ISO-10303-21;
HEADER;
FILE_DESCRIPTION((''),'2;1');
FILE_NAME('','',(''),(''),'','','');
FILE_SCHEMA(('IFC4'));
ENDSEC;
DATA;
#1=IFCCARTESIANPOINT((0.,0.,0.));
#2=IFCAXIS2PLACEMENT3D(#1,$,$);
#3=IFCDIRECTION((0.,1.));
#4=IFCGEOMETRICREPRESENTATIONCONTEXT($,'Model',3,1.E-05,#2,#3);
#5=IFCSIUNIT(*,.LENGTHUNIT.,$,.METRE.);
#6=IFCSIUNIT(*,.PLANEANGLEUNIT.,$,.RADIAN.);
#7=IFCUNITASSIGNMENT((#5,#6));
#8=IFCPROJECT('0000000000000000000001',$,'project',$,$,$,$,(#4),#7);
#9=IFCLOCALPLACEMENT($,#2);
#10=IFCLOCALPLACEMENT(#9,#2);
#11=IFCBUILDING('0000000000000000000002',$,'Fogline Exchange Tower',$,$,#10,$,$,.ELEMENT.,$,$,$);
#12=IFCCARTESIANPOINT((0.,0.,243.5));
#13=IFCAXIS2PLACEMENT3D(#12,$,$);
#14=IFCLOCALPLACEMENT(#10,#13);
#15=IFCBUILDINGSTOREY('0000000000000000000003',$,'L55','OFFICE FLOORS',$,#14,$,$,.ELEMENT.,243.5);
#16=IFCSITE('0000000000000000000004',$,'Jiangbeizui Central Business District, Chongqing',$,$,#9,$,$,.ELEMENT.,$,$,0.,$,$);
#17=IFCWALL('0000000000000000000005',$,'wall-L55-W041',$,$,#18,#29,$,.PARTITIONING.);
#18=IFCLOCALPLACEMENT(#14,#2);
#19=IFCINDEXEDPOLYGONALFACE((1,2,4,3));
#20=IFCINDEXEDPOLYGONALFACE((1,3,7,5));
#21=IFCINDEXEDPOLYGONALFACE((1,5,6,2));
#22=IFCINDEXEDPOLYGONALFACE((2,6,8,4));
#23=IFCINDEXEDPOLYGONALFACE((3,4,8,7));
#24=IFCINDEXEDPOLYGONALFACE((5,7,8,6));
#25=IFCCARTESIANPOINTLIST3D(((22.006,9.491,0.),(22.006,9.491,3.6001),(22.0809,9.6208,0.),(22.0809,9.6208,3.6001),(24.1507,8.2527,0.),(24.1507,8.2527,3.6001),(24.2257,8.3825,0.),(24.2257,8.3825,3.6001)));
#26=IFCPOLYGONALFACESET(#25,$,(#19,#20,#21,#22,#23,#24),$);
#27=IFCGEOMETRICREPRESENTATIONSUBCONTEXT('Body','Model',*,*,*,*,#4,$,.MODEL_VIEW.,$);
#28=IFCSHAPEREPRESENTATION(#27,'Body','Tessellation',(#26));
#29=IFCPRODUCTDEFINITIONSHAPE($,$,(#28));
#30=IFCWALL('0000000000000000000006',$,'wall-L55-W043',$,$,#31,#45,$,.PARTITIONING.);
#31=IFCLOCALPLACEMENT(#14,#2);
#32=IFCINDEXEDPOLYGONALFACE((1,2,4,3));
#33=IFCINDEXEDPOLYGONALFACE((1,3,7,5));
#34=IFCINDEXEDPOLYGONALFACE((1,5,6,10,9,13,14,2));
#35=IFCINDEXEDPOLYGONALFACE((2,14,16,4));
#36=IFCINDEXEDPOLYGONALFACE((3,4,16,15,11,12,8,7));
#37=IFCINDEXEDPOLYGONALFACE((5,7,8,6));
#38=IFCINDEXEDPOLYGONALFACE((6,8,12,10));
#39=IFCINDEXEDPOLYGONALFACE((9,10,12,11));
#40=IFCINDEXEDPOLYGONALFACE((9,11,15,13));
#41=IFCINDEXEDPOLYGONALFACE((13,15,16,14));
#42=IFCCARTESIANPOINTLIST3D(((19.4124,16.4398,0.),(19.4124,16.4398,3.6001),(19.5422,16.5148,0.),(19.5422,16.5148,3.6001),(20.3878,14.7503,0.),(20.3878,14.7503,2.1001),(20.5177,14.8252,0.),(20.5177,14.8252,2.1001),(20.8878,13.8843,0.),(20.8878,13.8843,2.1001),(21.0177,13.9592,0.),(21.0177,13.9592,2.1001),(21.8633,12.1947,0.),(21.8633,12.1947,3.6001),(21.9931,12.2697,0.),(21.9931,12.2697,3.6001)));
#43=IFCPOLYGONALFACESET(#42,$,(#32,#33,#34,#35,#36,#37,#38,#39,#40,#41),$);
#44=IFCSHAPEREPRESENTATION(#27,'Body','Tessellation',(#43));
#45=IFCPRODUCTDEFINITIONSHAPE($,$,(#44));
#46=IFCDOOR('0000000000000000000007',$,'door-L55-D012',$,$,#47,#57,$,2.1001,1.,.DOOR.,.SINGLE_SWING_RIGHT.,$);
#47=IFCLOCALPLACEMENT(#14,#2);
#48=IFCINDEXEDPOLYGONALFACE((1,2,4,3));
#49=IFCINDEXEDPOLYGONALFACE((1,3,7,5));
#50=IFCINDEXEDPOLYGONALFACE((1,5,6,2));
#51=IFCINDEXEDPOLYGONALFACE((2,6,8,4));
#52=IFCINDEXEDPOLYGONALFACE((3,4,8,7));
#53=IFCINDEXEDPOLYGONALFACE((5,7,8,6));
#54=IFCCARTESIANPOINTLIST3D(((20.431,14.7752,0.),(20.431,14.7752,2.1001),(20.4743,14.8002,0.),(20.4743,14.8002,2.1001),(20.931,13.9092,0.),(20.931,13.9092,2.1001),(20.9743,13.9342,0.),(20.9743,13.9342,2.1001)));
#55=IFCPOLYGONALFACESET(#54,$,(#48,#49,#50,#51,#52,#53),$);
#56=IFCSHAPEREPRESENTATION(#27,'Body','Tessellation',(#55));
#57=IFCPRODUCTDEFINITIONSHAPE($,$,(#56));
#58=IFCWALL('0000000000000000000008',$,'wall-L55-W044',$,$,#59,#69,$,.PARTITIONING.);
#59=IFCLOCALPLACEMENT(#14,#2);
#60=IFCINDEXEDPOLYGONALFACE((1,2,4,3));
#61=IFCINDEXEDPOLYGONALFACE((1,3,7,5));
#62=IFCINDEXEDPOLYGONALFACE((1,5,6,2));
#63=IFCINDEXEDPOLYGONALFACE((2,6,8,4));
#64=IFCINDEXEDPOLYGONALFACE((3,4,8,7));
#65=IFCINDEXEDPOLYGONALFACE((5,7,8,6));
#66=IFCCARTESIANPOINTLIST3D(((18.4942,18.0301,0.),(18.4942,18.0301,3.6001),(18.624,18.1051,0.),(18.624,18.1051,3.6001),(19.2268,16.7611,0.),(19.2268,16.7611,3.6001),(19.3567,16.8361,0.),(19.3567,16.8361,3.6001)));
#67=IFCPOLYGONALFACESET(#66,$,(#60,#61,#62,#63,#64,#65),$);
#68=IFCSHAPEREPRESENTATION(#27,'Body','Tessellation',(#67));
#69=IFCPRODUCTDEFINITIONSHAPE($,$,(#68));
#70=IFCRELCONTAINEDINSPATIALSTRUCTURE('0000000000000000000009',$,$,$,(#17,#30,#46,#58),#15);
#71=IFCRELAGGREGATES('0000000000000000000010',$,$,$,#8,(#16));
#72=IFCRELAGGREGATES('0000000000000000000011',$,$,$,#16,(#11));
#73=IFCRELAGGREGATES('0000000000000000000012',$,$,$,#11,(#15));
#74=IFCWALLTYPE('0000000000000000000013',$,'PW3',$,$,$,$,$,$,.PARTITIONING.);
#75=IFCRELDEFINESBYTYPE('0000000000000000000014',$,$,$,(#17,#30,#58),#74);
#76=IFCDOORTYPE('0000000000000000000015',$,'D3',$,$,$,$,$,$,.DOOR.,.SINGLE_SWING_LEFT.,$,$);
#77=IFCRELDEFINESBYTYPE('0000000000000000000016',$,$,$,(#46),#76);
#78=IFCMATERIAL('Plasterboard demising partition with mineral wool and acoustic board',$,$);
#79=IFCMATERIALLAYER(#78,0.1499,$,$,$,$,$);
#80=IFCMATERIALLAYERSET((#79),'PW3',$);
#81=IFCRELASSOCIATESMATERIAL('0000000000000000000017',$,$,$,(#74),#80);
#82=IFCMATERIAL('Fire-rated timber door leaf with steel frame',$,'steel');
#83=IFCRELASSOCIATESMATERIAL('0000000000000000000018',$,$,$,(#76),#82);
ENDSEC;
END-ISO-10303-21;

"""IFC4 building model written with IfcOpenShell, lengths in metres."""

from ifc_helpers import new_model, si_unit, direction, frame, frame_2d, origin, place, context, subcontext, project, spatial, rectangle, extrude, material, layer, layer_set, type_object, element, fill, save


model = new_model("IFC4")

# Units and contexts
model_context = context("Model", 3, precision=1e-05, world=origin(), true_north=direction((0.0, 1.0)))
body_context = subcontext(model_context, "Body", "Model", "MODEL_VIEW")
ifc_project = project(units=[si_unit("LENGTHUNIT", "METRE"), si_unit("PLANEANGLEUNIT", "RADIAN")], contexts=[model_context])

# Site, building, storey
site_placement = place(None, origin())
site = spatial("IfcSite", under=ifc_project, at=site_placement, Name="Jiangbeizui Central Business District, Chongqing", CompositionType="ELEMENT", RefElevation=0.0)
building_placement = place(site_placement, origin())
building = spatial("IfcBuilding", under=site, at=building_placement, Name="Fogline Exchange Tower", CompositionType="ELEMENT")
storey_placement = place(building_placement, frame((0.0, 0.0, 243.5)))
storey = spatial("IfcBuildingStorey", under=building, at=storey_placement, Name="L55", Description="OFFICE FLOORS", CompositionType="ELEMENT", Elevation=243.5)

# Shared definitions
ifc_material_1 = material(Name="Plasterboard demising partition with mineral wool and acoustic board")
ifc_layer_1 = layer(ifc_material_1, 0.1499)
ifc_layer_set_1 = layer_set([ifc_layer_1], Name="PW3")
wall_type_1 = type_object("IfcWallType", Name="PW3", PredefinedType="PARTITIONING", material=ifc_layer_set_1)

# Shared definitions
ifc_material_2 = material(Name="Fire-rated timber door leaf with steel frame", Category="steel")
door_type_1 = type_object("IfcDoorType", Name="D3", OperationType="SINGLE_SWING_LEFT", PredefinedType="DOOR", material=ifc_material_2)

# Wall
wall_1_placement = place(storey_placement, frame((22.0435, 9.5559, 0.0), z_axis=(0.0, 0.0, 1.0), x_axis=(0.866026, -0.499998, 0.0)))
element("IfcWall", 1, at=wall_1_placement, inside=storey, type_object=wall_type_1, Name="wall-L55-W041", PredefinedType="PARTITIONING", context=body_context, shape_type="SweptSolid", body=[
    extrude(rectangle(XDim=2.4766, YDim=0.1499, at=frame_2d((1.2383, 0.0))), origin(), (0.0, 0.0, 1.0), 3.6001),
])

# Wall, opening, door
wall_2_placement = place(storey_placement, frame((21.9282, 12.2322, 0.0), z_axis=(0.0, 0.0, 1.0), x_axis=(-0.500001, 0.866025, 0.0)))
wall_2 = element("IfcWall", 2, at=wall_2_placement, inside=storey, type_object=wall_type_1, Name="wall-L55-W043", PredefinedType="PARTITIONING", context=body_context, shape_type="SweptSolid", body=[
    extrude(rectangle(XDim=4.9019, YDim=0.1499, at=frame_2d((2.4509, 0.0))), origin(), (0.0, 0.0, 1.0), 3.6001),
])
opening_1_placement = place(wall_2_placement, frame((1.9509, 0.0, 0.0)))
opening_1 = element("IfcOpeningElement", 3, at=opening_1_placement, cuts=wall_2, PredefinedType="OPENING", context=body_context, shape_type="SweptSolid", body=[
    extrude(rectangle(XDim=1.0, YDim=2.1001, at=frame_2d((0.5, 1.05))), frame((0.0, 0.085, 0.0), z_axis=(0.0, -1.0, 0.0), x_axis=(1.0, 0.0, 0.0)), (0.0, 0.0, 1.0), 0.1699),
])
door_1_placement = place(opening_1_placement, frame((1.0, 0.0, 0.0), z_axis=(0.0, 0.0, 1.0), x_axis=(-1.0, 0.0, 0.0)))
door_1 = element("IfcDoor", 4, at=door_1_placement, inside=storey, type_object=door_type_1, Name="door-L55-D012", OperationType="SINGLE_SWING_RIGHT", OverallHeight=2.1001, OverallWidth=1.0, PredefinedType="DOOR", context=body_context, shape_type="SweptSolid", body=[
    extrude(rectangle(XDim=1.0, YDim=2.1001, at=frame_2d((0.5, 1.05))), frame((0.0, 0.0249, 0.0), z_axis=(0.0, -1.0, 0.0), x_axis=(1.0, 0.0, 0.0)), (0.0, 0.0, 1.0), 0.05),
])
fill(opening_1, door_1)

# Wall
wall_3_placement = place(storey_placement, frame((19.2917, 16.7986, 0.0), z_axis=(0.0, 0.0, 1.0), x_axis=(-0.499992, 0.86603, 0.0)))
element("IfcWall", 5, at=wall_3_placement, inside=storey, type_object=wall_type_1, Name="wall-L55-W044", PredefinedType="PARTITIONING", context=body_context, shape_type="SweptSolid", body=[
    extrude(rectangle(XDim=1.4653, YDim=0.1499, at=frame_2d((0.7327, 0.0))), origin(), (0.0, 0.0, 1.0), 3.6001),
])

save(model, "model.ifc")
